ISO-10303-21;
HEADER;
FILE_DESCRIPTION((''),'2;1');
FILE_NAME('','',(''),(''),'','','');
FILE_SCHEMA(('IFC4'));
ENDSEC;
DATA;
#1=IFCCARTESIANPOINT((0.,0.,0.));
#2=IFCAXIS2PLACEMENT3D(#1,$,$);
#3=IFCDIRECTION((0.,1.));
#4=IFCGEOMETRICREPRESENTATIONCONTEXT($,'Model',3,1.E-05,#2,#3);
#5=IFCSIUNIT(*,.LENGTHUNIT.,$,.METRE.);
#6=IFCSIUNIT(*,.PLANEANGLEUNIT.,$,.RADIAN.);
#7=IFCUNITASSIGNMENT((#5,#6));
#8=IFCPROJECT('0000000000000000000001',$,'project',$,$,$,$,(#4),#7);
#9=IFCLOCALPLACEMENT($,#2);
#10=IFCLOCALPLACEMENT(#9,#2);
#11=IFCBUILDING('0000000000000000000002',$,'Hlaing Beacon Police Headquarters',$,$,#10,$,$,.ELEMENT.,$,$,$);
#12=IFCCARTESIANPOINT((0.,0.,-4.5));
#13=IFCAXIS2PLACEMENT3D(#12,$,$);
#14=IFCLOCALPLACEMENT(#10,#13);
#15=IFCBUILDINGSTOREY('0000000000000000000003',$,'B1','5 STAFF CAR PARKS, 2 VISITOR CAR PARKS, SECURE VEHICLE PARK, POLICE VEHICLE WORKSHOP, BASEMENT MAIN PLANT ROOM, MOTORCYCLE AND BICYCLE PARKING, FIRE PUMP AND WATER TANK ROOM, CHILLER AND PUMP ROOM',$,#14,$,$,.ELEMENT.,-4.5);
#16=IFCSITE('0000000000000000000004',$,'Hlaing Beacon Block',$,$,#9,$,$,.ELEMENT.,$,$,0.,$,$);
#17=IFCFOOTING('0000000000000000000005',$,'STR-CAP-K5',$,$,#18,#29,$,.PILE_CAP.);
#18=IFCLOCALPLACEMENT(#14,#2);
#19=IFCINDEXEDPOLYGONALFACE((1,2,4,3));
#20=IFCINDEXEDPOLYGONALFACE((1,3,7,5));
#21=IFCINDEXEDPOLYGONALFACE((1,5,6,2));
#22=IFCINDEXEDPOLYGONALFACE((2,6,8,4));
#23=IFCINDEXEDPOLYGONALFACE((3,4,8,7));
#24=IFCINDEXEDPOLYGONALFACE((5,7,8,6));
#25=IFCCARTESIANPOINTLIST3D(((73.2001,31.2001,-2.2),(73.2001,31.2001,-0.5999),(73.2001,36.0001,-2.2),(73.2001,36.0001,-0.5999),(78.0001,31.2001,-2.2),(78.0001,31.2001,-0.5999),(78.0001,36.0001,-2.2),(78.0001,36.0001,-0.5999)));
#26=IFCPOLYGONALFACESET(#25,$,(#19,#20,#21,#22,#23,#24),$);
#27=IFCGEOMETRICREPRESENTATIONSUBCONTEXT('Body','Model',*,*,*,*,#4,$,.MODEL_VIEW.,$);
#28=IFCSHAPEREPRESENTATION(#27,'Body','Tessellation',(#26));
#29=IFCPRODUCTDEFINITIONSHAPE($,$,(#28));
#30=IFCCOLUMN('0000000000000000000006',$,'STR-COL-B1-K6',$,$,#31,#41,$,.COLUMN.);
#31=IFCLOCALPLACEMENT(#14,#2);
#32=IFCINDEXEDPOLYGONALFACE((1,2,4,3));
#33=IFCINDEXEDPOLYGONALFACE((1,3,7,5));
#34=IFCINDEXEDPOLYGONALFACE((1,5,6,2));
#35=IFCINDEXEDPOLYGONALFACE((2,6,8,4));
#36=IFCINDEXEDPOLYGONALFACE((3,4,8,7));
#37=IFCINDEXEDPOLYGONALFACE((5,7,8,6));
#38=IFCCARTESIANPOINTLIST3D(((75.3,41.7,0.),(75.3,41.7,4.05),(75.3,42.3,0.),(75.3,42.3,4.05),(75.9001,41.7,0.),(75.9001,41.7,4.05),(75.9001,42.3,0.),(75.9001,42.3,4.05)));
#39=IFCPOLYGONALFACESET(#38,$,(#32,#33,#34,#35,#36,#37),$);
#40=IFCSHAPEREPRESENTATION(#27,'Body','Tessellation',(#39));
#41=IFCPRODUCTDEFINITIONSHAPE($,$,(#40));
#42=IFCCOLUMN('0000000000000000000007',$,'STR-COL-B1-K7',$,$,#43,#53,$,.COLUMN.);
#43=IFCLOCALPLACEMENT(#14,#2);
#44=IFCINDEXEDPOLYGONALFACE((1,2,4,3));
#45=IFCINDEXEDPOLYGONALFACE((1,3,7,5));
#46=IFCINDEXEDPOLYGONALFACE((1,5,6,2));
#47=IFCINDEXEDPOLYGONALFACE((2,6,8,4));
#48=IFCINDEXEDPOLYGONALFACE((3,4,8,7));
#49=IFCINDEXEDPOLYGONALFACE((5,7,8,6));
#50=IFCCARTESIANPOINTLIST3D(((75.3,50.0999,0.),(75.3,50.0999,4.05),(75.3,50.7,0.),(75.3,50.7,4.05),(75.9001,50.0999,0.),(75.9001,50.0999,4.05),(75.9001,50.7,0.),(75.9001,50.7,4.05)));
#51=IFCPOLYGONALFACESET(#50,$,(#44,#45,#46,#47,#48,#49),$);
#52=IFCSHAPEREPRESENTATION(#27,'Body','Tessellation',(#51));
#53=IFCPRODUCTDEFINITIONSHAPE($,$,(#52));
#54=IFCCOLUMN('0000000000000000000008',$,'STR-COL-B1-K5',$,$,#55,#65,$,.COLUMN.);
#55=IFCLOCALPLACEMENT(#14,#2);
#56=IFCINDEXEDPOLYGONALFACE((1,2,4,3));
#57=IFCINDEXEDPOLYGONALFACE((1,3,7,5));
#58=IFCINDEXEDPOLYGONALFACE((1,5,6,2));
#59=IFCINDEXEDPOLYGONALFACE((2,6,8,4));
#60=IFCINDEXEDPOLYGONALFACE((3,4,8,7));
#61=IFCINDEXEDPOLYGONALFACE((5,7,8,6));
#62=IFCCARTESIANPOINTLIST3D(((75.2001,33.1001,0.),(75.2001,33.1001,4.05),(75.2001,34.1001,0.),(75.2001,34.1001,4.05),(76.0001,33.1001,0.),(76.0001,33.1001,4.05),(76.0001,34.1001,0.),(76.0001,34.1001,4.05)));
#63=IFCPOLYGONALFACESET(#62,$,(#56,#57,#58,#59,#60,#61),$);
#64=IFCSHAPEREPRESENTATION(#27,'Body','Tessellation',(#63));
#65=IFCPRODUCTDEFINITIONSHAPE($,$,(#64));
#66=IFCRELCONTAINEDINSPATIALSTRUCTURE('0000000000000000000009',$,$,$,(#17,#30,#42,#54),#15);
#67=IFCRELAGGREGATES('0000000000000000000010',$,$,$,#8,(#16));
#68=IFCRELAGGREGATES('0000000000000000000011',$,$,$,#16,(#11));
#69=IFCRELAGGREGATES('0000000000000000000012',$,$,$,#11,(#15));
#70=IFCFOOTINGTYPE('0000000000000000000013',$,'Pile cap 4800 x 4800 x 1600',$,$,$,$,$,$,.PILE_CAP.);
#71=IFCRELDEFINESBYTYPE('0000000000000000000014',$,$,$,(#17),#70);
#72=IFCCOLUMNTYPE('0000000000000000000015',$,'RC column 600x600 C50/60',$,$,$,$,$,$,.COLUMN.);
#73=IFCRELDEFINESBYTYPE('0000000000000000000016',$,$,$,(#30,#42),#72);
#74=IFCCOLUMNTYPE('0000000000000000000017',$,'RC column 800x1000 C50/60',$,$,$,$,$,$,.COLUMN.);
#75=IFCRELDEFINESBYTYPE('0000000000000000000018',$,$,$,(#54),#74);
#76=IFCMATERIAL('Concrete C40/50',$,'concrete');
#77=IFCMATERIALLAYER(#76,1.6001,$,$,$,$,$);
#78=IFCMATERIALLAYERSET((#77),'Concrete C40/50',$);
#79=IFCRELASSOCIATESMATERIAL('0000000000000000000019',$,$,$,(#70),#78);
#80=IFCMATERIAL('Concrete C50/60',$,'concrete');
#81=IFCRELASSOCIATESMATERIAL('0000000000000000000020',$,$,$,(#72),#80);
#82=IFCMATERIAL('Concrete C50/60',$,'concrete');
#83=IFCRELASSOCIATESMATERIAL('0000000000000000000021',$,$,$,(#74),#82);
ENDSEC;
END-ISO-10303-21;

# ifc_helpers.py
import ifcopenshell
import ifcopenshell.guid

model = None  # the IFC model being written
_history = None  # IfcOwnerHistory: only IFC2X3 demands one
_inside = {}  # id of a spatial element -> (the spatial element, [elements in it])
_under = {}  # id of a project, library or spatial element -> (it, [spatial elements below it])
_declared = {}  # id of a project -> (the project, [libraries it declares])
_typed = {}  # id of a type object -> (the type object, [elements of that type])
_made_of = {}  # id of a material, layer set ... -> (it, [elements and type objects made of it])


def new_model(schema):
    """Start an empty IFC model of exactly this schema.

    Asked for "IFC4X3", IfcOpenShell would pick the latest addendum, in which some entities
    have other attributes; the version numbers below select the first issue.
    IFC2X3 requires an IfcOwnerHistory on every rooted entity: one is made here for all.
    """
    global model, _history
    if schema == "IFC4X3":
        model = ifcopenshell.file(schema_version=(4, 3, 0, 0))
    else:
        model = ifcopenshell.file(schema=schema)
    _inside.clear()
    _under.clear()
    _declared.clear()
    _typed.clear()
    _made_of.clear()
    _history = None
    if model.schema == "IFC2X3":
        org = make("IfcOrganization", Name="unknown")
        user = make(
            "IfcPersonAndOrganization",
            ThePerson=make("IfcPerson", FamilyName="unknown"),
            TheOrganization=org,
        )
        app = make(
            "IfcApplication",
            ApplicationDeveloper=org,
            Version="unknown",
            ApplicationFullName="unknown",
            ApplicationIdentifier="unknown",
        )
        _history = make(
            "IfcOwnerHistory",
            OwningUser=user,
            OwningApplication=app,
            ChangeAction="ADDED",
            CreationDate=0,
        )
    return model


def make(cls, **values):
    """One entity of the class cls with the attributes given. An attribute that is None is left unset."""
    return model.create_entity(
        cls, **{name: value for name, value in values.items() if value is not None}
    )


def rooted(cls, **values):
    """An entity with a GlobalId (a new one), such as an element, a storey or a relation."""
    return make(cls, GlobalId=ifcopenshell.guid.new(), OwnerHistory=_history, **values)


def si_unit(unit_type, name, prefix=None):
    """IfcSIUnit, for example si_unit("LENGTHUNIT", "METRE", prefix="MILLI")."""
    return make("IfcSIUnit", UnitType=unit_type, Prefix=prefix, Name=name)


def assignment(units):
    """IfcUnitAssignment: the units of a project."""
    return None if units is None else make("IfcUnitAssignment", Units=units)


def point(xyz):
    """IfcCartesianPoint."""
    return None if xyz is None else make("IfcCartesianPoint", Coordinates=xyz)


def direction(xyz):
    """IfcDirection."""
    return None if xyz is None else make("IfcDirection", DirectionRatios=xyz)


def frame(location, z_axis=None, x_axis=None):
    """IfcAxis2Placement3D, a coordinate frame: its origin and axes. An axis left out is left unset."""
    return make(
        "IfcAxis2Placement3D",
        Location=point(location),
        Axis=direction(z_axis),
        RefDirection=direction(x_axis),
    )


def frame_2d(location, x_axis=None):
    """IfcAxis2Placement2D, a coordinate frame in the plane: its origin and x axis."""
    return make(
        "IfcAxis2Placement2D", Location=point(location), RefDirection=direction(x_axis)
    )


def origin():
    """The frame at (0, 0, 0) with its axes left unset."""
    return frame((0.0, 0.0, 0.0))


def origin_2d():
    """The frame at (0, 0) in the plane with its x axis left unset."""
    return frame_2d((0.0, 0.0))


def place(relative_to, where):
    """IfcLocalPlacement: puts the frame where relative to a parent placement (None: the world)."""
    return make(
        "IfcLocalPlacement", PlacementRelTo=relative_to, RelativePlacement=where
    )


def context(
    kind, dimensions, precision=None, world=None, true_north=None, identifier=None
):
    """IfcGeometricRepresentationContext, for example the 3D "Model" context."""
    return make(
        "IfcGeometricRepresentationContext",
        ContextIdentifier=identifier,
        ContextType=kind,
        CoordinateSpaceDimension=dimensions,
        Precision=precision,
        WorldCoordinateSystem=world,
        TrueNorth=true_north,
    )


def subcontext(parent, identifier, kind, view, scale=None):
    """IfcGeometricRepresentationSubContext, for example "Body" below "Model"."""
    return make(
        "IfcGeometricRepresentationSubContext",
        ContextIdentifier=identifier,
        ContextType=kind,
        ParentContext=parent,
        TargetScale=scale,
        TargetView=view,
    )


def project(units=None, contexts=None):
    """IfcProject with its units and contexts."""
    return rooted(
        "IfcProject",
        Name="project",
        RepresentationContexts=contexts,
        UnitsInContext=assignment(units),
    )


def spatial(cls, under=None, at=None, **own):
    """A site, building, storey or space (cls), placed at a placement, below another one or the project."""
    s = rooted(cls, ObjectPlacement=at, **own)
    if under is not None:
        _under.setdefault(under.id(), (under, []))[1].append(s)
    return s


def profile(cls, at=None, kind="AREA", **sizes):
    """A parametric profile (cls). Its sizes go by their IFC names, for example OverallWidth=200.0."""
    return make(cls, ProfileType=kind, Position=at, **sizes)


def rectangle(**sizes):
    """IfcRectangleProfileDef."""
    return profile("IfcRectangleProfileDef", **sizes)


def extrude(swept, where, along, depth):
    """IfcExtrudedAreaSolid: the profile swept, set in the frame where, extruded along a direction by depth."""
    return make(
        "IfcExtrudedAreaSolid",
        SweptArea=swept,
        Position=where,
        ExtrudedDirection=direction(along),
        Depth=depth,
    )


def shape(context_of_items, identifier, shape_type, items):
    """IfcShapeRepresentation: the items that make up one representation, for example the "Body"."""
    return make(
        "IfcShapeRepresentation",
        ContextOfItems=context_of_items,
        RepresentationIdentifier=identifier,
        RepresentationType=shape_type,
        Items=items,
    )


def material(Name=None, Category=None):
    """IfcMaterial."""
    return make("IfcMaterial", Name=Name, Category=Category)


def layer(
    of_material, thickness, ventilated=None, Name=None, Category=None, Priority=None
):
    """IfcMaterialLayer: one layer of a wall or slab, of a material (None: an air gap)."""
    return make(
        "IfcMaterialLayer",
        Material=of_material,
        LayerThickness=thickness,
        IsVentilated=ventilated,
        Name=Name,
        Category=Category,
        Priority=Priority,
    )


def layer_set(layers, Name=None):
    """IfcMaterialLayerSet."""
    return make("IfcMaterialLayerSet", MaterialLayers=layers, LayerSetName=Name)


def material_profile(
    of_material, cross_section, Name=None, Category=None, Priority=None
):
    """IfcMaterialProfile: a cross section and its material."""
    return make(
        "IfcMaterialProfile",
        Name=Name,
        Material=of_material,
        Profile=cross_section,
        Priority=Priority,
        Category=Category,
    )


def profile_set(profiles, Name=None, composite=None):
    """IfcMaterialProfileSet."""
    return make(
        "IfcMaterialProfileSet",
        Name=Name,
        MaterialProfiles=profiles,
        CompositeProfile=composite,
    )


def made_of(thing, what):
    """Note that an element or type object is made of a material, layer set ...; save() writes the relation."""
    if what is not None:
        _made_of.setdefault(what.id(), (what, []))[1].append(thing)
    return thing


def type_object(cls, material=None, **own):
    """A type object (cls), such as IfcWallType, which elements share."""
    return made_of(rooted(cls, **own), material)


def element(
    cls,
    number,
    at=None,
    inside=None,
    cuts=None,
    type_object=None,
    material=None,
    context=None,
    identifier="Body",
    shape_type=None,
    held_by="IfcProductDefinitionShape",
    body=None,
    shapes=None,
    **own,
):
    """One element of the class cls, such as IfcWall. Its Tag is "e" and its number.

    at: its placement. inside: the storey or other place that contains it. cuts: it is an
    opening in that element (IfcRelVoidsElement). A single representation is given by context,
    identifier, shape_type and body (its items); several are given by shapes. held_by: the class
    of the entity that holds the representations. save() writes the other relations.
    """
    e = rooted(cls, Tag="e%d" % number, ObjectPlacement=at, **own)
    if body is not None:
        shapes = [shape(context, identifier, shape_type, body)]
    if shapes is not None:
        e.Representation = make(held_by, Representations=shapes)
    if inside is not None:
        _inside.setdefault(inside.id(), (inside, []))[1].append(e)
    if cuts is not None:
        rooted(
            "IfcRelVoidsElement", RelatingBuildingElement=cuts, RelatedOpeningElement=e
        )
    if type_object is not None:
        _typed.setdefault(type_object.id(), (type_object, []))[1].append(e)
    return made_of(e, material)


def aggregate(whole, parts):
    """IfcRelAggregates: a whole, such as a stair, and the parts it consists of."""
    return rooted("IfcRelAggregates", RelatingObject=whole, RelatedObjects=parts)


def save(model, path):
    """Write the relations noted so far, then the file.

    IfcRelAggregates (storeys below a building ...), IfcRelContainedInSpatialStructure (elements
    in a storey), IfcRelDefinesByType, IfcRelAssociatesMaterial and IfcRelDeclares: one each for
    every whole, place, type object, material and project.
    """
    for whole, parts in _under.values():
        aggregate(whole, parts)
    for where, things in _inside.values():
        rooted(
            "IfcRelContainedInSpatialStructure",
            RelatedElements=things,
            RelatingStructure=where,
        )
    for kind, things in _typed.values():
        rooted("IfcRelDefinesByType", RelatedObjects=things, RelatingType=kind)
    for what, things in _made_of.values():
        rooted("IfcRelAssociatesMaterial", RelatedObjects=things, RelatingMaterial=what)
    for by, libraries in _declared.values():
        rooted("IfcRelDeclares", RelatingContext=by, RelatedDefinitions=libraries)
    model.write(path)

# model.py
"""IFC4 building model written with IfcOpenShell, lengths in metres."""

from ifc_helpers import new_model, si_unit, direction, frame, origin, origin_2d, place, context, subcontext, project, spatial, rectangle, extrude, material, layer, layer_set, material_profile, profile_set, type_object, element, save


model = new_model("IFC4")

# Units and contexts
model_context = context("Model", 3, precision=1e-05, world=origin(), true_north=direction((0.0, 1.0)))
body_context = subcontext(model_context, "Body", "Model", "MODEL_VIEW")
ifc_project = project(units=[si_unit("LENGTHUNIT", "METRE"), si_unit("PLANEANGLEUNIT", "RADIAN")], contexts=[model_context])

# Site, building, storey
site_placement = place(None, origin())
site = spatial("IfcSite", under=ifc_project, at=site_placement, Name="Hlaing Beacon Block", CompositionType="ELEMENT", RefElevation=0.0)
building_placement = place(site_placement, origin())
building = spatial("IfcBuilding", under=site, at=building_placement, Name="Hlaing Beacon Police Headquarters", CompositionType="ELEMENT")
storey_placement = place(building_placement, frame((0.0, 0.0, -4.5)))
storey = spatial("IfcBuildingStorey", under=building, at=storey_placement, Name="B1", Description="5 STAFF CAR PARKS, 2 VISITOR CAR PARKS, SECURE VEHICLE PARK, POLICE VEHICLE WORKSHOP, BASEMENT MAIN PLANT ROOM, MOTORCYCLE AND BICYCLE PARKING, FIRE PUMP AND WATER TANK ROOM, CHILLER AND PUMP ROOM", CompositionType="ELEMENT", Elevation=-4.5)

# Footing
ifc_material_1 = material(Name="Concrete C40/50", Category="concrete")
ifc_layer_1 = layer(ifc_material_1, 1.6001)
ifc_layer_set_1 = layer_set([ifc_layer_1], Name="Concrete C40/50")
footing_type_1 = type_object("IfcFootingType", Name="Pile cap 4800 x 4800 x 1600", PredefinedType="PILE_CAP", material=ifc_layer_set_1)
footing_placement = place(storey_placement, frame((75.6001, 33.6001, -2.2), z_axis=(0.0, 0.0, 1.0), x_axis=(1.0, 0.0, 0.0)))
element("IfcFooting", 1, at=footing_placement, inside=storey, type_object=footing_type_1, Name="STR-CAP-K5", PredefinedType="PILE_CAP", context=body_context, shape_type="SweptSolid", body=[
    extrude(rectangle(XDim=4.8, YDim=4.8, at=origin_2d()), origin(), (0.0, 0.0, 1.0), 1.6001),
])

# Columns
ifc_material_2 = material(Name="Concrete C50/60", Category="concrete")
ifc_material_profile_1 = material_profile(ifc_material_2, rectangle(XDim=0.6001, YDim=0.6001, at=origin_2d()), Name="600x600")
ifc_profile_set_1 = profile_set([ifc_material_profile_1], Name="Concrete C50/60")
column_type_1 = type_object("IfcColumnType", Name="RC column 600x600 C50/60", PredefinedType="COLUMN", material=ifc_profile_set_1)
for number, where, z_axis, x_axis, name in (
    (2, (75.6001, 42.0, 0.0), (0.0, 0.0, 1.0), (1.0, 0.0, 0.0), "STR-COL-B1-K6"),
    (3, (75.6001, 50.3999, 0.0), (0.0, 0.0, 1.0), (1.0, 0.0, 0.0), "STR-COL-B1-K7"),
):
    element("IfcColumn", number, at=place(storey_placement, frame(where, z_axis=z_axis, x_axis=x_axis)), inside=storey, type_object=column_type_1, Name=name, PredefinedType="COLUMN", context=body_context, shape_type="SweptSolid", body=[
        extrude(rectangle(XDim=0.6001, YDim=0.6001, at=origin_2d()), origin(), (0.0, 0.0, 1.0), 4.05),
    ])
ifc_material_3 = material(Name="Concrete C50/60", Category="concrete")
ifc_material_profile_2 = material_profile(ifc_material_3, rectangle(XDim=0.8, YDim=1.0, at=origin_2d()), Name="800x1000")
ifc_profile_set_2 = profile_set([ifc_material_profile_2], Name="Concrete C50/60")
column_type_2 = type_object("IfcColumnType", Name="RC column 800x1000 C50/60", PredefinedType="COLUMN", material=ifc_profile_set_2)
column_placement = place(storey_placement, frame((75.6001, 33.6001, 0.0), z_axis=(0.0, 0.0, 1.0), x_axis=(1.0, 0.0, 0.0)))
element("IfcColumn", 4, at=column_placement, inside=storey, type_object=column_type_2, Name="STR-COL-B1-K5", PredefinedType="COLUMN", context=body_context, shape_type="SweptSolid", body=[
    extrude(rectangle(XDim=0.8, YDim=1.0, at=origin_2d()), origin(), (0.0, 0.0, 1.0), 4.05),
])

save(model, "model.ifc")
